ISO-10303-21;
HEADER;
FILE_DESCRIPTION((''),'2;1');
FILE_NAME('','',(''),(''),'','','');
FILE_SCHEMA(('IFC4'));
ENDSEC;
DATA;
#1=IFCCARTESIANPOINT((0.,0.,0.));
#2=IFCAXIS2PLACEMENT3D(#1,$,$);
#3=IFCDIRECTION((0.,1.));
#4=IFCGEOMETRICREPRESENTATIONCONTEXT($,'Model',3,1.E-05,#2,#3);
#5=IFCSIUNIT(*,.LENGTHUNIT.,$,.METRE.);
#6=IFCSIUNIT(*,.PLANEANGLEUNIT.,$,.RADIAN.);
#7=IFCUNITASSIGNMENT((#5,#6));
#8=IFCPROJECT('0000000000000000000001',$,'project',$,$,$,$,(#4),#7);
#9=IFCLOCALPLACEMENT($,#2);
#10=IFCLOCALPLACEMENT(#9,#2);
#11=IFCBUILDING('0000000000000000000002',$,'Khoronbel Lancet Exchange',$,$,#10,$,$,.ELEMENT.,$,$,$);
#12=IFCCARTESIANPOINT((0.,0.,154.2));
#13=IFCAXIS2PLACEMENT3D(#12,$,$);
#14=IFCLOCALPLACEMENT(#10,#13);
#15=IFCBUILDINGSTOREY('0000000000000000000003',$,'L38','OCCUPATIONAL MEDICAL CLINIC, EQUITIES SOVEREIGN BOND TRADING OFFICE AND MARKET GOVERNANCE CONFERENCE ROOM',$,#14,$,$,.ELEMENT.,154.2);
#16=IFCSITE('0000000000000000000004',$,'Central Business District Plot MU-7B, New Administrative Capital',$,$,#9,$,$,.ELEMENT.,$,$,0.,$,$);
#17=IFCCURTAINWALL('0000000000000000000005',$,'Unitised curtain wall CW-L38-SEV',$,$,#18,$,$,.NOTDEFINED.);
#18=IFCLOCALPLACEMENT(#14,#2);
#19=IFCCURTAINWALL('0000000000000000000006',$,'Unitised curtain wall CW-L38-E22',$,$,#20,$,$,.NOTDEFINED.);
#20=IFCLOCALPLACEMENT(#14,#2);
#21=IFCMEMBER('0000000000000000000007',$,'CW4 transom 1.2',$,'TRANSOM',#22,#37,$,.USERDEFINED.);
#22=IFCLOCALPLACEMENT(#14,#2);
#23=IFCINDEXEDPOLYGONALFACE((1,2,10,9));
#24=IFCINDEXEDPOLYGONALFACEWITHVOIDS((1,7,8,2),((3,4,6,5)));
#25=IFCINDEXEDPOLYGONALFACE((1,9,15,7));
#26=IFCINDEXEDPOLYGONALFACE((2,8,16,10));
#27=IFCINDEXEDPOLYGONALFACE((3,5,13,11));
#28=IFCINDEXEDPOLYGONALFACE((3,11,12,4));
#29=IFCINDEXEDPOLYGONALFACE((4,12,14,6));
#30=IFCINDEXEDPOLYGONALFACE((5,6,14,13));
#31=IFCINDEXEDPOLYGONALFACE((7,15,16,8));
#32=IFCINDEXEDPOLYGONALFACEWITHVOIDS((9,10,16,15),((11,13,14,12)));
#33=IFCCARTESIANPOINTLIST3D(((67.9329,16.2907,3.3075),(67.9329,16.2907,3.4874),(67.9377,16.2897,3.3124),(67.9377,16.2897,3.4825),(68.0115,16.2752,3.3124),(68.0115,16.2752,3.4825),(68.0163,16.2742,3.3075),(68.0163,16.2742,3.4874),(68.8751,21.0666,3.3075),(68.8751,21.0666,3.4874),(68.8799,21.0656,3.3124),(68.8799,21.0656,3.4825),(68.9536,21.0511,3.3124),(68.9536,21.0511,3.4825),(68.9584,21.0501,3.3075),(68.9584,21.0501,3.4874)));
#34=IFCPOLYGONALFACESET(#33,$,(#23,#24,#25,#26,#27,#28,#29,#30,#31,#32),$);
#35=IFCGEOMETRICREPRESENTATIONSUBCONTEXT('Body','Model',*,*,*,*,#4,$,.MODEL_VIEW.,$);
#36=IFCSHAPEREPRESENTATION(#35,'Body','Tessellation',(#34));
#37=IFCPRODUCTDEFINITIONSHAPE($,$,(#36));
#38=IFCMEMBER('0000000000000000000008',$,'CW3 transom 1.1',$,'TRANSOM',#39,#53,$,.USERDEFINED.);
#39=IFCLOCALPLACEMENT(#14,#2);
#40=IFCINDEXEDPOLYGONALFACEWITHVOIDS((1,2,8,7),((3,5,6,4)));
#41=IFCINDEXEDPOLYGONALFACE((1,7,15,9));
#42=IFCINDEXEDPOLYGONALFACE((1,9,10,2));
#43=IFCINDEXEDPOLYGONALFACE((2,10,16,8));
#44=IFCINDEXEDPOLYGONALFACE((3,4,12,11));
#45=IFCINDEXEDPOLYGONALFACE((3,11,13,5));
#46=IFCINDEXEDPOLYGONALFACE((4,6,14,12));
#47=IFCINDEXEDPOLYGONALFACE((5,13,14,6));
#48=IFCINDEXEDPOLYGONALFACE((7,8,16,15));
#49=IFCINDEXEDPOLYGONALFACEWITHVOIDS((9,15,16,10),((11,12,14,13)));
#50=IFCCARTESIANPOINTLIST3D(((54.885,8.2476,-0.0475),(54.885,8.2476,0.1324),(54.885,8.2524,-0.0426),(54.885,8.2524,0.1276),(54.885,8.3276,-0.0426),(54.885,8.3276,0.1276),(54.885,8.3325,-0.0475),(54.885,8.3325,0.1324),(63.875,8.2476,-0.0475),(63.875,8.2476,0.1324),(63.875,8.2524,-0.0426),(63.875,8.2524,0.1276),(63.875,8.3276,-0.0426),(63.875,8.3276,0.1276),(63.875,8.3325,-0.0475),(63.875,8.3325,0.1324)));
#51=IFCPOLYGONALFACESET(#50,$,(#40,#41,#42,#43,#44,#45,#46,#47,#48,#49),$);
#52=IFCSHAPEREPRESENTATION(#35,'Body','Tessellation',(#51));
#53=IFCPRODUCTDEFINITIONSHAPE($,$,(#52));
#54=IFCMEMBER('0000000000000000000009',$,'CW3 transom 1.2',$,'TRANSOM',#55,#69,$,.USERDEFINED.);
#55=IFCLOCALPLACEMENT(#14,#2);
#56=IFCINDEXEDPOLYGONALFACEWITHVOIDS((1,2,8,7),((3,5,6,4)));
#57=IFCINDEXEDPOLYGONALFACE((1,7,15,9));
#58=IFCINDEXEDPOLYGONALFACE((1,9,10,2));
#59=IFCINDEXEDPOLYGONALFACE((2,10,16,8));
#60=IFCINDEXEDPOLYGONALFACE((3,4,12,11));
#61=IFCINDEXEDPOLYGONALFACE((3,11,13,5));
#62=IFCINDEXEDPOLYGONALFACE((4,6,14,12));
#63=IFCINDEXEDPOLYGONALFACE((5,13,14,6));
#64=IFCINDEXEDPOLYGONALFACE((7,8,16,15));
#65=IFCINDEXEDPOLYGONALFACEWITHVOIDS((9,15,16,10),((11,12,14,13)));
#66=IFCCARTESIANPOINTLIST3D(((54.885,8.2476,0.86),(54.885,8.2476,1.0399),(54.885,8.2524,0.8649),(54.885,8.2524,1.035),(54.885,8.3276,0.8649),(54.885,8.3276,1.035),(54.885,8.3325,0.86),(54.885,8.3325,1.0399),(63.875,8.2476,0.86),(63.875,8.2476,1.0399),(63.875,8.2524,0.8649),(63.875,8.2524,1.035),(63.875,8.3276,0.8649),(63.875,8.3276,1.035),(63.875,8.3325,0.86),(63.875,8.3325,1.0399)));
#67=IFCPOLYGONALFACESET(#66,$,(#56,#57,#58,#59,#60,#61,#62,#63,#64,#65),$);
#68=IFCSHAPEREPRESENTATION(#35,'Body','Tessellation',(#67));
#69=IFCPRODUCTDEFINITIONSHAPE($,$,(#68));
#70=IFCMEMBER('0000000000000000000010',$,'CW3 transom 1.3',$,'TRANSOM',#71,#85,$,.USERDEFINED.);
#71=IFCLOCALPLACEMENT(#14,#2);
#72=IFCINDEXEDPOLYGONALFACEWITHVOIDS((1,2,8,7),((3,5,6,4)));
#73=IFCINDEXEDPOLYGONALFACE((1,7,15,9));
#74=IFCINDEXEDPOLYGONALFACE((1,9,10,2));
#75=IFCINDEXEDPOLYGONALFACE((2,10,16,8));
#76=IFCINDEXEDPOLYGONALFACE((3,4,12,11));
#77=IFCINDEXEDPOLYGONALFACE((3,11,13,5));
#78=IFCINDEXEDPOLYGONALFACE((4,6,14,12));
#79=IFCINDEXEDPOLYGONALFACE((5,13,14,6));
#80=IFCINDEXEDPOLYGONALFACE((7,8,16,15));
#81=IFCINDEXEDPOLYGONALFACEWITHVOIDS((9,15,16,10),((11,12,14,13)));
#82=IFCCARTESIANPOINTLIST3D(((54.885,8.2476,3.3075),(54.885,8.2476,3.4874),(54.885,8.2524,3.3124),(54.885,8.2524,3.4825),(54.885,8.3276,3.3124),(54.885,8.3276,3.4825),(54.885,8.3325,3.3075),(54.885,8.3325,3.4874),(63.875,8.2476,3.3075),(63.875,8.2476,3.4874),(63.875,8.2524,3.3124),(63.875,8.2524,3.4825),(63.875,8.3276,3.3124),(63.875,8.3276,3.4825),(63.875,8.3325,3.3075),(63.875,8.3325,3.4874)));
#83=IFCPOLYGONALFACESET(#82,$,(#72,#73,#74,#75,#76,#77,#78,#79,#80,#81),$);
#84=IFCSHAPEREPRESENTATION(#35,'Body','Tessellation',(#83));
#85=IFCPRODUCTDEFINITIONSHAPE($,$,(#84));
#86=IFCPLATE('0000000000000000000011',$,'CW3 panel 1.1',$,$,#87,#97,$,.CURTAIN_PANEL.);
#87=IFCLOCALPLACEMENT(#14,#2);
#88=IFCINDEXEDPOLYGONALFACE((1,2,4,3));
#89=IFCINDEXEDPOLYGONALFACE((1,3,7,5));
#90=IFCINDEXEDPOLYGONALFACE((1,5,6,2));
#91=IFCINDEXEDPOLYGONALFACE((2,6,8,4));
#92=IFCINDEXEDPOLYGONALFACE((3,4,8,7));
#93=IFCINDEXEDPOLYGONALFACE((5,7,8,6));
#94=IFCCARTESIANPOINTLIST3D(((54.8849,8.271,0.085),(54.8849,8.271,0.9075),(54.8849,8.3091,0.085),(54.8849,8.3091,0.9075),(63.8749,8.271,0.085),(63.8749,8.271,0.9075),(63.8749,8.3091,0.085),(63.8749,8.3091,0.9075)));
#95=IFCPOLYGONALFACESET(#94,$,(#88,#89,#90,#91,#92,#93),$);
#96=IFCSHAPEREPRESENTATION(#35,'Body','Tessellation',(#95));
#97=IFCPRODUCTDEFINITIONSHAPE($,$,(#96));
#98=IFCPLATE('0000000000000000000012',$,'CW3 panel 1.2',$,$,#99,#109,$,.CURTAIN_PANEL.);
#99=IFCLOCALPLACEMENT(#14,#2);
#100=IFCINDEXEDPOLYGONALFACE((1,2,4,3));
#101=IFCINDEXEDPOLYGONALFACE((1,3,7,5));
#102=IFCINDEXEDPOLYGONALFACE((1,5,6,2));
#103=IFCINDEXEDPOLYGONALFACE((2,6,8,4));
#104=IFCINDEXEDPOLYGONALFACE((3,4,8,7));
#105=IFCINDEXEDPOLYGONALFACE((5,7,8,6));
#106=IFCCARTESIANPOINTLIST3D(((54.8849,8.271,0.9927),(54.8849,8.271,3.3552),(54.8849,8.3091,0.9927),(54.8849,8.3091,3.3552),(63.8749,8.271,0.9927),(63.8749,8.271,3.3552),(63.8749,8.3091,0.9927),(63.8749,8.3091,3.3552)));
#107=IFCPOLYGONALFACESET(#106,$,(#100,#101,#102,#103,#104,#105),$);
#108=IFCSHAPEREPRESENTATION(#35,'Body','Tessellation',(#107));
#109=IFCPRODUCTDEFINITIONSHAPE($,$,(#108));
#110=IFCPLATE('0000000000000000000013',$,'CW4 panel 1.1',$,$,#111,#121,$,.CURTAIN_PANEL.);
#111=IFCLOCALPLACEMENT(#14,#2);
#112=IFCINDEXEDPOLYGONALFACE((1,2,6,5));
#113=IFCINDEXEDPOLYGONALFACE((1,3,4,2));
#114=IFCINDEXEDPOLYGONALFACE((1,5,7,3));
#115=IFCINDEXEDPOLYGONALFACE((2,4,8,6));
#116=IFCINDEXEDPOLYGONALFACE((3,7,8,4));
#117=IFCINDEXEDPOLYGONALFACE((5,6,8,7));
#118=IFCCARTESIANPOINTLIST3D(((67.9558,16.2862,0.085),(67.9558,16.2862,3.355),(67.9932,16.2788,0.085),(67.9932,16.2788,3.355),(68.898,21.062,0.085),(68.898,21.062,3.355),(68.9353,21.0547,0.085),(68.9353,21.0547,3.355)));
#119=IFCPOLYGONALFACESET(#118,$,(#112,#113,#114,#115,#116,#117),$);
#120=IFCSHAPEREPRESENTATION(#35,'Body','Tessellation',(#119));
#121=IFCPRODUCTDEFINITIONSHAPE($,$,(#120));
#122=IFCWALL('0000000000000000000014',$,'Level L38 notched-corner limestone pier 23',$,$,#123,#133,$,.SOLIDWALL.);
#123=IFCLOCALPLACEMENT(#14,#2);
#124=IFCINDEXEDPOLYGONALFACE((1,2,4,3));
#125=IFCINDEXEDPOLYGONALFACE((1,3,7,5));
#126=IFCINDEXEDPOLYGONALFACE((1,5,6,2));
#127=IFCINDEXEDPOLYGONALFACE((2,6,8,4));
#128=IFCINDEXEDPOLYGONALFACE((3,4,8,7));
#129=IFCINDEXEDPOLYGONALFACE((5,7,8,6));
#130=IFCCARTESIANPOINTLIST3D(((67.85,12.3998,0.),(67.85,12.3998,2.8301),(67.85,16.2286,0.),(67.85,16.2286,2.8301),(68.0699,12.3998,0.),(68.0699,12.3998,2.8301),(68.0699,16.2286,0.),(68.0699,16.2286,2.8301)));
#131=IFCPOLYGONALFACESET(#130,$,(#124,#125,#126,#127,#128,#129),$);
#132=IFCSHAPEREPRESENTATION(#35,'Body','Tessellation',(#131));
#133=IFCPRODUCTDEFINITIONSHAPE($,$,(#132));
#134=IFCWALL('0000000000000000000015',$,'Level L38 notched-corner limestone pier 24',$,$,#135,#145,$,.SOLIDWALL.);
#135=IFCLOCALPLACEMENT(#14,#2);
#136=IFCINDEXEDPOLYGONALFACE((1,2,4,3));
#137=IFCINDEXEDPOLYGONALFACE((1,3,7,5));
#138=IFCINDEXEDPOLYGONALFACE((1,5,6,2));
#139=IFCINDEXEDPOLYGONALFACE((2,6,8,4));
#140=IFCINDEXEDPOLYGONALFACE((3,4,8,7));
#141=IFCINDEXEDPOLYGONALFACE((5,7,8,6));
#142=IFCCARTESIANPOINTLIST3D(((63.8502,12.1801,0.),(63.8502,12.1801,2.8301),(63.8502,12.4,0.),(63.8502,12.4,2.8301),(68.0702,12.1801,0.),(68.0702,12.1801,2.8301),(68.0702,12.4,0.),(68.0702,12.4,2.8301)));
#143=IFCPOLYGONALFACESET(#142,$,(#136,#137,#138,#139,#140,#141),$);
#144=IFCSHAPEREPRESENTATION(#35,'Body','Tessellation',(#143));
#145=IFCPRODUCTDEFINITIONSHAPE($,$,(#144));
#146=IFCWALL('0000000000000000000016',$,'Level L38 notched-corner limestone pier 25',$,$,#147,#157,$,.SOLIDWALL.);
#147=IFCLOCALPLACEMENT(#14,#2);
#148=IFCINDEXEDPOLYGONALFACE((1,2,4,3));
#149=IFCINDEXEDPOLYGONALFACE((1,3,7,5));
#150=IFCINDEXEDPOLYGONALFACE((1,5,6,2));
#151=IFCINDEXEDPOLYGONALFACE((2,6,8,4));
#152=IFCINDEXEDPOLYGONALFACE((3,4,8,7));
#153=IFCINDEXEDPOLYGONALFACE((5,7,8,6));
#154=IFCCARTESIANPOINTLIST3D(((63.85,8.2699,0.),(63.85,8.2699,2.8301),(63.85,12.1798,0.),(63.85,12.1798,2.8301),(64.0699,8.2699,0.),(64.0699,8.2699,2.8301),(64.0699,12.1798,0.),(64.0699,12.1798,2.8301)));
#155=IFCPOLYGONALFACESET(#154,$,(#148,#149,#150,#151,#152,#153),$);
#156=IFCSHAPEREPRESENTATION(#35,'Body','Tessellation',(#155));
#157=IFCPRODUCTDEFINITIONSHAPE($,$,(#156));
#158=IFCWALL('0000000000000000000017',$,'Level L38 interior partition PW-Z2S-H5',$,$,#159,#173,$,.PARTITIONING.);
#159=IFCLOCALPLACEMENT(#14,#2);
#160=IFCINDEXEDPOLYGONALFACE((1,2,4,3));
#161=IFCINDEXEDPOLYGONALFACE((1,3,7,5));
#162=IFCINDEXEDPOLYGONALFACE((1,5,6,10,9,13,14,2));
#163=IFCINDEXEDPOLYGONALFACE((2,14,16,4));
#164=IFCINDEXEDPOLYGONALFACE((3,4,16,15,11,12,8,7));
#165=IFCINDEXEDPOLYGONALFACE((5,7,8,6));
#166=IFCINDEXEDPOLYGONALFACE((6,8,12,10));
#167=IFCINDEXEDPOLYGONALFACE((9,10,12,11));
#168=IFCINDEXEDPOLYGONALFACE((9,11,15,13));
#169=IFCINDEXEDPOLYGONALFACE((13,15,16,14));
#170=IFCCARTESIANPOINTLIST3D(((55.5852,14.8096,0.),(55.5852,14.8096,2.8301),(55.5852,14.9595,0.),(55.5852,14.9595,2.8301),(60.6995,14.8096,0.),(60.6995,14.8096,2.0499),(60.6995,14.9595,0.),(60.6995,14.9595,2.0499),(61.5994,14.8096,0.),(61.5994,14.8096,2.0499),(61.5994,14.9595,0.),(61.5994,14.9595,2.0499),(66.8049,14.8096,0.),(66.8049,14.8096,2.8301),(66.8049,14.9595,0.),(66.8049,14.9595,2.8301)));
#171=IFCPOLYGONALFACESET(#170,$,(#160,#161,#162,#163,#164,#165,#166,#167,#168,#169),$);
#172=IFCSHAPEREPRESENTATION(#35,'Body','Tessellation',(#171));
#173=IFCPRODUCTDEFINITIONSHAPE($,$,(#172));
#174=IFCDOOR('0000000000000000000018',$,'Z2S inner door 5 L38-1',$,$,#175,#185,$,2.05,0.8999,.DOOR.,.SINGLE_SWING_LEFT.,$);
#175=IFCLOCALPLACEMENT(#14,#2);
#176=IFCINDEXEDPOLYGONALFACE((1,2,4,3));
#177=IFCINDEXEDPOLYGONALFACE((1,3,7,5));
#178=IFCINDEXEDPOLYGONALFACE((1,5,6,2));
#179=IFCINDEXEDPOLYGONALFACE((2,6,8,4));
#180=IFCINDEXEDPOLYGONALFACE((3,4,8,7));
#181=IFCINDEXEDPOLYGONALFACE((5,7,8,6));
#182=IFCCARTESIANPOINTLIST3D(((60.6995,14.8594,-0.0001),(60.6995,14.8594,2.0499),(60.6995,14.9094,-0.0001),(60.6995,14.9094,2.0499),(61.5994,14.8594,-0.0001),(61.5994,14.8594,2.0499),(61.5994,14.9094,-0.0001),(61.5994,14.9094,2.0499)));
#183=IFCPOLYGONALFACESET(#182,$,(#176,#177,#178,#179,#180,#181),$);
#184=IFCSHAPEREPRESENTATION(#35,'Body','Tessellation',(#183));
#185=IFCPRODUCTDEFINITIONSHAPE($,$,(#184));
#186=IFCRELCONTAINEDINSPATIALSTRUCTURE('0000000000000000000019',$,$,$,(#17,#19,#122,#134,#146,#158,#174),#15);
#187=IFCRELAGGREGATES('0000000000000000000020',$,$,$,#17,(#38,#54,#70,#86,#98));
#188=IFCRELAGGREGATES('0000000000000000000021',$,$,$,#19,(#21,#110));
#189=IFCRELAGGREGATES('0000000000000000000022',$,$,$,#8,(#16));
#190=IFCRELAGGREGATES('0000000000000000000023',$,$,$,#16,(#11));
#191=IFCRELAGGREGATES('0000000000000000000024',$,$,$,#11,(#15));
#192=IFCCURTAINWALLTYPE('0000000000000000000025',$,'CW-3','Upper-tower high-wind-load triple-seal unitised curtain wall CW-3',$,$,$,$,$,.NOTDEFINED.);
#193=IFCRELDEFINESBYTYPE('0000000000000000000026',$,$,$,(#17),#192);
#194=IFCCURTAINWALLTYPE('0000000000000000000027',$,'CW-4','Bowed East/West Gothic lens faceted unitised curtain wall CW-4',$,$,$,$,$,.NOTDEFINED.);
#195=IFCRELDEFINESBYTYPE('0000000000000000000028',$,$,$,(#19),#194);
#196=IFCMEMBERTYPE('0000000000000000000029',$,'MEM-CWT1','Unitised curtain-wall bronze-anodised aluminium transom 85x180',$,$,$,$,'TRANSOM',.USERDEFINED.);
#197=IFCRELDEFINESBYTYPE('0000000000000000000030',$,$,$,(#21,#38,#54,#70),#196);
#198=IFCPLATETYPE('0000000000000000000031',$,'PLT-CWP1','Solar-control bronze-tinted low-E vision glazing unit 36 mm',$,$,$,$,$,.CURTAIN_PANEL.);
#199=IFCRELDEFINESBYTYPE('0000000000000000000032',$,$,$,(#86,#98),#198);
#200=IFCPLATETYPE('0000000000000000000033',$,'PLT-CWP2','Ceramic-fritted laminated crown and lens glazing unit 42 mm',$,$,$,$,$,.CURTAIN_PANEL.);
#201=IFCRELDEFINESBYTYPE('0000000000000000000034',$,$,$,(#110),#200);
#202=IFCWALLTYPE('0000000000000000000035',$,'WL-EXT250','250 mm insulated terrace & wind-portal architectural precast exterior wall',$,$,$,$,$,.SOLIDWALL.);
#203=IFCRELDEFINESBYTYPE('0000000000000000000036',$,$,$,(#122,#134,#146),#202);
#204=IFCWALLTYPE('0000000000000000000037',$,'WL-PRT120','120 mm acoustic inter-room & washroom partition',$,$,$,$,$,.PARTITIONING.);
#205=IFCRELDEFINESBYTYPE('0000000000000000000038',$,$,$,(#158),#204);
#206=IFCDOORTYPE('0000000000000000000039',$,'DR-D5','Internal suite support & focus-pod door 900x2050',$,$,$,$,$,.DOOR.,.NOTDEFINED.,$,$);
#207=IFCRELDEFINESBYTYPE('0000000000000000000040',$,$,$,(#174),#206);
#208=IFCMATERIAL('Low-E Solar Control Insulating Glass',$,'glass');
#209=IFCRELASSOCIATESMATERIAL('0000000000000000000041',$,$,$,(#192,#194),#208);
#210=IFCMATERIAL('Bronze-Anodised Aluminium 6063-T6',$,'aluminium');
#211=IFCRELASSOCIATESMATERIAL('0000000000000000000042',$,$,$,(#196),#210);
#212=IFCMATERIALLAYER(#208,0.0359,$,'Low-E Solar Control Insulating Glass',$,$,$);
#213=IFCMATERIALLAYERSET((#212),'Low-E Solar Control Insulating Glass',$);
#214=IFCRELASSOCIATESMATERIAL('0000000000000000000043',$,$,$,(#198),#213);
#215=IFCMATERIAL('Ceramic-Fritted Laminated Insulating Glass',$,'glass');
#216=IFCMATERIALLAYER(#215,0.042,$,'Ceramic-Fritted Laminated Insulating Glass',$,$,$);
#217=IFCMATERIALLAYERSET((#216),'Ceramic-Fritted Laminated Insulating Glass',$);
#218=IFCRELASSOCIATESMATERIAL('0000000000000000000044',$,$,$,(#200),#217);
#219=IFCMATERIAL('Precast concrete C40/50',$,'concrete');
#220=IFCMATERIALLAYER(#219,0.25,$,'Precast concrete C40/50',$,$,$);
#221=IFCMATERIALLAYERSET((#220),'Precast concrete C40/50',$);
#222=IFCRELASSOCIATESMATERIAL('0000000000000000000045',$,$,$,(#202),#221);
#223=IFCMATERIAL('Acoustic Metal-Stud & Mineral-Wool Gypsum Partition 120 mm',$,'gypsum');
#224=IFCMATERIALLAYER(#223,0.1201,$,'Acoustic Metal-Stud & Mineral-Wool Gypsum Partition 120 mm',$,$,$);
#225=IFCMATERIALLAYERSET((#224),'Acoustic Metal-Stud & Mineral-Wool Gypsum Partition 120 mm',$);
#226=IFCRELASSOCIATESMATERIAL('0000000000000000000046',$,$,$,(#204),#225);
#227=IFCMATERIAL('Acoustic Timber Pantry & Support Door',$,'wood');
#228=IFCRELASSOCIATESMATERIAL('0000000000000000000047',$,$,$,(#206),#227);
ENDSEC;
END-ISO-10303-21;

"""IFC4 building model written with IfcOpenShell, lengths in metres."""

from ifc_helpers import new_model, si_unit, direction, frame, frame_2d, origin, origin_2d, place, context, subcontext, project, spatial, rectangle, hollow_rectangle, extrude, material, layer, layer_set, material_profile, profile_set, type_object, element, fill, aggregate, save


model = new_model("IFC4")

# Units and contexts
model_context = context("Model", 3, precision=1e-05, world=origin(), true_north=direction((0.0, 1.0)))
body_context = subcontext(model_context, "Body", "Model", "MODEL_VIEW")
ifc_project = project(units=[si_unit("LENGTHUNIT", "METRE"), si_unit("PLANEANGLEUNIT", "RADIAN")], contexts=[model_context])

# Site, building, storey
site_placement = place(None, origin())
site = spatial("IfcSite", under=ifc_project, at=site_placement, Name="Central Business District Plot MU-7B, New Administrative Capital", CompositionType="ELEMENT", RefElevation=0.0)
building_placement = place(site_placement, origin())
building = spatial("IfcBuilding", under=site, at=building_placement, Name="Khoronbel Lancet Exchange", CompositionType="ELEMENT")
storey_placement = place(building_placement, frame((0.0, 0.0, 154.2)))
storey = spatial("IfcBuildingStorey", under=building, at=storey_placement, Name="L38", Description="OCCUPATIONAL MEDICAL CLINIC, EQUITIES SOVEREIGN BOND TRADING OFFICE AND MARKET GOVERNANCE CONFERENCE ROOM", CompositionType="ELEMENT", Elevation=154.2)

# Shared definitions
ifc_material_1 = material(Name="Low-E Solar Control Insulating Glass", Category="glass")
curtain_wall_type_1 = type_object("IfcCurtainWallType", Name="CW-3", Description="Upper-tower high-wind-load triple-seal unitised curtain wall CW-3", PredefinedType="NOTDEFINED", material=ifc_material_1)
ifc_material_2 = material(Name="Bronze-Anodised Aluminium 6063-T6", Category="aluminium")

# Curtain walls, member
curtain_wall_1_placement = place(storey_placement, origin())
curtain_wall_1 = element("IfcCurtainWall", 1, at=curtain_wall_1_placement, inside=storey, type_object=curtain_wall_type_1, Name="Unitised curtain wall CW-L38-SEV", PredefinedType="NOTDEFINED")
curtain_wall_type_2 = type_object("IfcCurtainWallType", Name="CW-4", Description="Bowed East/West Gothic lens faceted unitised curtain wall CW-4", PredefinedType="NOTDEFINED", material=ifc_material_1)
curtain_wall_2_placement = place(storey_placement, origin())
curtain_wall_2 = element("IfcCurtainWall", 2, at=curtain_wall_2_placement, inside=storey, type_object=curtain_wall_type_2, Name="Unitised curtain wall CW-L38-E22", PredefinedType="NOTDEFINED")
ifc_material_profile_1 = material_profile(ifc_material_2, hollow_rectangle(XDim=0.085, YDim=0.1799, WallThickness=0.0049, at=origin_2d()), Name="ALU TRANSOM 85x180")
ifc_profile_set_1 = profile_set([ifc_material_profile_1], Name="Bronze-Anodised Aluminium 6063-T6")
member_type_1 = type_object("IfcMemberType", Name="MEM-CWT1", Description="Unitised curtain-wall bronze-anodised aluminium transom 85x180", ElementType="TRANSOM", PredefinedType="USERDEFINED", material=ifc_profile_set_1)
member_1_placement = place(storey_placement, frame((68.9167, 21.0583, 3.3975), z_axis=(-0.19354, -0.981092, 0.0), x_axis=(0.981092, -0.19354, 0.0)))
member_1 = element("IfcMember", 3, at=member_1_placement, type_object=member_type_1, Name="CW4 transom 1.2", ObjectType="TRANSOM", PredefinedType="USERDEFINED", context=body_context, shape_type="SweptSolid", body=[
    extrude(hollow_rectangle(XDim=0.085, YDim=0.1799, WallThickness=0.0049, at=origin_2d()), origin(), (0.0, 0.0, 1.0), 4.8679),
])

# Members
member_2_placement = place(storey_placement, frame((54.885, 8.29, 0.0425), z_axis=(1.0, 0.0, 0.0), x_axis=(0.0, 1.0, 0.0)))
member_2 = element("IfcMember", 4, at=member_2_placement, type_object=member_type_1, Name="CW3 transom 1.1", ObjectType="TRANSOM", PredefinedType="USERDEFINED", context=body_context, shape_type="SweptSolid", body=[
    extrude(hollow_rectangle(XDim=0.085, YDim=0.1799, WallThickness=0.0049, at=origin_2d()), origin(), (0.0, 0.0, 1.0), 8.99),
])
member_3_placement = place(storey_placement, frame((54.885, 8.29, 0.95), z_axis=(1.0, 0.0, 0.0), x_axis=(0.0, 1.0, 0.0)))
member_3 = element("IfcMember", 5, at=member_3_placement, type_object=member_type_1, Name="CW3 transom 1.2", ObjectType="TRANSOM", PredefinedType="USERDEFINED", context=body_context, shape_type="SweptSolid", body=[
    extrude(hollow_rectangle(XDim=0.085, YDim=0.1799, WallThickness=0.0049, at=origin_2d()), origin(), (0.0, 0.0, 1.0), 8.99),
])
member_4_placement = place(storey_placement, frame((54.885, 8.29, 3.3975), z_axis=(1.0, 0.0, 0.0), x_axis=(0.0, 1.0, 0.0)))
member_4 = element("IfcMember", 6, at=member_4_placement, type_object=member_type_1, Name="CW3 transom 1.3", ObjectType="TRANSOM", PredefinedType="USERDEFINED", context=body_context, shape_type="SweptSolid", body=[
    extrude(hollow_rectangle(XDim=0.085, YDim=0.1799, WallThickness=0.0049, at=origin_2d()), origin(), (0.0, 0.0, 1.0), 8.99),
])

# Plates
ifc_layer_1 = layer(ifc_material_1, 0.0359, Name="Low-E Solar Control Insulating Glass")
ifc_layer_set_1 = layer_set([ifc_layer_1], Name="Low-E Solar Control Insulating Glass")
plate_type_1 = type_object("IfcPlateType", Name="PLT-CWP1", Description="Solar-control bronze-tinted low-E vision glazing unit 36 mm", PredefinedType="CURTAIN_PANEL", material=ifc_layer_set_1)
plate_1_placement = place(storey_placement, frame((59.3799, 8.29, 0.085), z_axis=(0.0, 0.0, 1.0), x_axis=(1.0, 0.0, 0.0)))
plate_1 = element("IfcPlate", 7, at=plate_1_placement, type_object=plate_type_1, Name="CW3 panel 1.1", PredefinedType="CURTAIN_PANEL", context=body_context, shape_type="SweptSolid", body=[
    extrude(rectangle(XDim=8.99, YDim=0.0381, at=origin_2d()), origin(), (0.0, 0.0, 1.0), 0.8225),
])
plate_2_placement = place(storey_placement, frame((59.3799, 8.29, 0.9927), z_axis=(0.0, 0.0, 1.0), x_axis=(1.0, 0.0, 0.0)))
plate_2 = element("IfcPlate", 8, at=plate_2_placement, type_object=plate_type_1, Name="CW3 panel 1.2", PredefinedType="CURTAIN_PANEL", context=body_context, shape_type="SweptSolid", body=[
    extrude(rectangle(XDim=8.99, YDim=0.0381, at=origin_2d()), origin(), (0.0, 0.0, 1.0), 2.3625),
])
aggregate(curtain_wall_1, [member_2, member_3, member_4, plate_1, plate_2])
ifc_material_3 = material(Name="Ceramic-Fritted Laminated Insulating Glass", Category="glass")
ifc_layer_2 = layer(ifc_material_3, 0.042, Name="Ceramic-Fritted Laminated Insulating Glass")
ifc_layer_set_2 = layer_set([ifc_layer_2], Name="Ceramic-Fritted Laminated Insulating Glass")
plate_type_2 = type_object("IfcPlateType", Name="PLT-CWP2", Description="Ceramic-fritted laminated crown and lens glazing unit 42 mm", PredefinedType="CURTAIN_PANEL", material=ifc_layer_set_2)
plate_3_placement = place(storey_placement, frame((68.4456, 18.6704, 0.085), z_axis=(0.0, 0.0, 1.0), x_axis=(-0.193544, -0.981092, 0.0)))
plate_3 = element("IfcPlate", 9, at=plate_3_placement, type_object=plate_type_2, Name="CW4 panel 1.1", PredefinedType="CURTAIN_PANEL", context=body_context, shape_type="SweptSolid", body=[
    extrude(rectangle(XDim=4.8679, YDim=0.0381, at=origin_2d()), origin(), (0.0, 0.0, 1.0), 3.27),
])
aggregate(curtain_wall_2, [member_1, plate_3])

# Walls
ifc_material_4 = material(Name="Precast concrete C40/50", Category="concrete")
ifc_layer_3 = layer(ifc_material_4, 0.25, Name="Precast concrete C40/50")
ifc_layer_set_3 = layer_set([ifc_layer_3], Name="Precast concrete C40/50")
wall_type_1 = type_object("IfcWallType", Name="WL-EXT250", Description="250 mm insulated terrace & wind-portal architectural precast exterior wall", PredefinedType="SOLIDWALL", material=ifc_layer_set_3)
wall_1_placement = place(storey_placement, frame((67.96, 16.2288, 0.0), z_axis=(0.0, 0.0, 1.0), x_axis=(0.0, -1.0, 0.0)))
element("IfcWall", 10, at=wall_1_placement, inside=storey, type_object=wall_type_1, Name="Level L38 notched-corner limestone pier 23", PredefinedType="SOLIDWALL", context=body_context, shape_type="SweptSolid", body=[
    extrude(rectangle(XDim=3.8289, YDim=0.22, at=frame_2d((1.9146, 0.0))), origin(), (0.0, 0.0, 1.0), 2.8301),
])
wall_2_placement = place(storey_placement, frame((68.0701, 12.29, 0.0), z_axis=(0.0, 0.0, 1.0), x_axis=(-1.0, 0.0, 0.0)))
element("IfcWall", 11, at=wall_2_placement, inside=storey, type_object=wall_type_1, Name="Level L38 notched-corner limestone pier 24", PredefinedType="SOLIDWALL", context=body_context, shape_type="SweptSolid", body=[
    extrude(rectangle(XDim=4.22, YDim=0.22, at=frame_2d((2.1099, 0.0))), origin(), (0.0, 0.0, 1.0), 2.8301),
])
wall_3_placement = place(storey_placement, frame((63.96, 12.1799, 0.0), z_axis=(0.0, 0.0, 1.0), x_axis=(0.0, -1.0, 0.0)))
element("IfcWall", 12, at=wall_3_placement, inside=storey, type_object=wall_type_1, Name="Level L38 notched-corner limestone pier 25", PredefinedType="SOLIDWALL", context=body_context, shape_type="SweptSolid", body=[
    extrude(rectangle(XDim=3.9099, YDim=0.22, at=frame_2d((1.9551, 0.0))), origin(), (0.0, 0.0, 1.0), 2.8301),
])

# Wall, opening, door
ifc_material_5 = material(Name="Acoustic Metal-Stud & Mineral-Wool Gypsum Partition 120 mm", Category="gypsum")
ifc_layer_4 = layer(ifc_material_5, 0.1201, Name="Acoustic Metal-Stud & Mineral-Wool Gypsum Partition 120 mm")
ifc_layer_set_4 = layer_set([ifc_layer_4], Name="Acoustic Metal-Stud & Mineral-Wool Gypsum Partition 120 mm")
wall_type_2 = type_object("IfcWallType", Name="WL-PRT120", Description="120 mm acoustic inter-room & washroom partition", PredefinedType="PARTITIONING", material=ifc_layer_set_4)
wall_4_placement = place(storey_placement, frame((55.5852, 14.8845, 0.0), z_axis=(0.0, 0.0, 1.0), x_axis=(1.0, 0.0, 0.0)))
wall_4 = element("IfcWall", 13, at=wall_4_placement, inside=storey, type_object=wall_type_2, Name="Level L38 interior partition PW-Z2S-H5", PredefinedType="PARTITIONING", context=body_context, shape_type="SweptSolid", body=[
    extrude(rectangle(XDim=11.2197, YDim=0.1499, at=frame_2d((5.6099, 0.0))), origin(), (0.0, 0.0, 1.0), 2.8301),
])
opening_1_placement = place(wall_4_placement, frame((5.1143, 0.0, 0.0)))
opening_1 = element("IfcOpeningElement", 14, at=opening_1_placement, cuts=wall_4, PredefinedType="OPENING", context=body_context, shape_type="SweptSolid", body=[
    extrude(rectangle(XDim=0.8999, YDim=2.05, at=frame_2d((0.45, 1.0249))), frame((0.0, 0.085, 0.0), z_axis=(0.0, -1.0, 0.0), x_axis=(1.0, 0.0, 0.0)), (0.0, 0.0, 1.0), 0.1699),
])
ifc_material_6 = material(Name="Acoustic Timber Pantry & Support Door", Category="wood")
door_type_1 = type_object("IfcDoorType", Name="DR-D5", Description="Internal suite support & focus-pod door 900x2050", OperationType="NOTDEFINED", PredefinedType="DOOR", material=ifc_material_6)
door_1_placement = place(opening_1_placement, origin())
door_1 = element("IfcDoor", 15, at=door_1_placement, inside=storey, type_object=door_type_1, Name="Z2S inner door 5 L38-1", OperationType="SINGLE_SWING_LEFT", OverallHeight=2.05, OverallWidth=0.8999, PredefinedType="DOOR", context=body_context, shape_type="SweptSolid", body=[
    extrude(rectangle(XDim=0.8999, YDim=2.05, at=frame_2d((0.45, 1.0249))), frame((0.0, 0.0249, 0.0), z_axis=(0.0, -1.0, 0.0), x_axis=(1.0, 0.0, 0.0)), (0.0, 0.0, 1.0), 0.05),
])
fill(opening_1, door_1)

save(model, "model.ifc")
